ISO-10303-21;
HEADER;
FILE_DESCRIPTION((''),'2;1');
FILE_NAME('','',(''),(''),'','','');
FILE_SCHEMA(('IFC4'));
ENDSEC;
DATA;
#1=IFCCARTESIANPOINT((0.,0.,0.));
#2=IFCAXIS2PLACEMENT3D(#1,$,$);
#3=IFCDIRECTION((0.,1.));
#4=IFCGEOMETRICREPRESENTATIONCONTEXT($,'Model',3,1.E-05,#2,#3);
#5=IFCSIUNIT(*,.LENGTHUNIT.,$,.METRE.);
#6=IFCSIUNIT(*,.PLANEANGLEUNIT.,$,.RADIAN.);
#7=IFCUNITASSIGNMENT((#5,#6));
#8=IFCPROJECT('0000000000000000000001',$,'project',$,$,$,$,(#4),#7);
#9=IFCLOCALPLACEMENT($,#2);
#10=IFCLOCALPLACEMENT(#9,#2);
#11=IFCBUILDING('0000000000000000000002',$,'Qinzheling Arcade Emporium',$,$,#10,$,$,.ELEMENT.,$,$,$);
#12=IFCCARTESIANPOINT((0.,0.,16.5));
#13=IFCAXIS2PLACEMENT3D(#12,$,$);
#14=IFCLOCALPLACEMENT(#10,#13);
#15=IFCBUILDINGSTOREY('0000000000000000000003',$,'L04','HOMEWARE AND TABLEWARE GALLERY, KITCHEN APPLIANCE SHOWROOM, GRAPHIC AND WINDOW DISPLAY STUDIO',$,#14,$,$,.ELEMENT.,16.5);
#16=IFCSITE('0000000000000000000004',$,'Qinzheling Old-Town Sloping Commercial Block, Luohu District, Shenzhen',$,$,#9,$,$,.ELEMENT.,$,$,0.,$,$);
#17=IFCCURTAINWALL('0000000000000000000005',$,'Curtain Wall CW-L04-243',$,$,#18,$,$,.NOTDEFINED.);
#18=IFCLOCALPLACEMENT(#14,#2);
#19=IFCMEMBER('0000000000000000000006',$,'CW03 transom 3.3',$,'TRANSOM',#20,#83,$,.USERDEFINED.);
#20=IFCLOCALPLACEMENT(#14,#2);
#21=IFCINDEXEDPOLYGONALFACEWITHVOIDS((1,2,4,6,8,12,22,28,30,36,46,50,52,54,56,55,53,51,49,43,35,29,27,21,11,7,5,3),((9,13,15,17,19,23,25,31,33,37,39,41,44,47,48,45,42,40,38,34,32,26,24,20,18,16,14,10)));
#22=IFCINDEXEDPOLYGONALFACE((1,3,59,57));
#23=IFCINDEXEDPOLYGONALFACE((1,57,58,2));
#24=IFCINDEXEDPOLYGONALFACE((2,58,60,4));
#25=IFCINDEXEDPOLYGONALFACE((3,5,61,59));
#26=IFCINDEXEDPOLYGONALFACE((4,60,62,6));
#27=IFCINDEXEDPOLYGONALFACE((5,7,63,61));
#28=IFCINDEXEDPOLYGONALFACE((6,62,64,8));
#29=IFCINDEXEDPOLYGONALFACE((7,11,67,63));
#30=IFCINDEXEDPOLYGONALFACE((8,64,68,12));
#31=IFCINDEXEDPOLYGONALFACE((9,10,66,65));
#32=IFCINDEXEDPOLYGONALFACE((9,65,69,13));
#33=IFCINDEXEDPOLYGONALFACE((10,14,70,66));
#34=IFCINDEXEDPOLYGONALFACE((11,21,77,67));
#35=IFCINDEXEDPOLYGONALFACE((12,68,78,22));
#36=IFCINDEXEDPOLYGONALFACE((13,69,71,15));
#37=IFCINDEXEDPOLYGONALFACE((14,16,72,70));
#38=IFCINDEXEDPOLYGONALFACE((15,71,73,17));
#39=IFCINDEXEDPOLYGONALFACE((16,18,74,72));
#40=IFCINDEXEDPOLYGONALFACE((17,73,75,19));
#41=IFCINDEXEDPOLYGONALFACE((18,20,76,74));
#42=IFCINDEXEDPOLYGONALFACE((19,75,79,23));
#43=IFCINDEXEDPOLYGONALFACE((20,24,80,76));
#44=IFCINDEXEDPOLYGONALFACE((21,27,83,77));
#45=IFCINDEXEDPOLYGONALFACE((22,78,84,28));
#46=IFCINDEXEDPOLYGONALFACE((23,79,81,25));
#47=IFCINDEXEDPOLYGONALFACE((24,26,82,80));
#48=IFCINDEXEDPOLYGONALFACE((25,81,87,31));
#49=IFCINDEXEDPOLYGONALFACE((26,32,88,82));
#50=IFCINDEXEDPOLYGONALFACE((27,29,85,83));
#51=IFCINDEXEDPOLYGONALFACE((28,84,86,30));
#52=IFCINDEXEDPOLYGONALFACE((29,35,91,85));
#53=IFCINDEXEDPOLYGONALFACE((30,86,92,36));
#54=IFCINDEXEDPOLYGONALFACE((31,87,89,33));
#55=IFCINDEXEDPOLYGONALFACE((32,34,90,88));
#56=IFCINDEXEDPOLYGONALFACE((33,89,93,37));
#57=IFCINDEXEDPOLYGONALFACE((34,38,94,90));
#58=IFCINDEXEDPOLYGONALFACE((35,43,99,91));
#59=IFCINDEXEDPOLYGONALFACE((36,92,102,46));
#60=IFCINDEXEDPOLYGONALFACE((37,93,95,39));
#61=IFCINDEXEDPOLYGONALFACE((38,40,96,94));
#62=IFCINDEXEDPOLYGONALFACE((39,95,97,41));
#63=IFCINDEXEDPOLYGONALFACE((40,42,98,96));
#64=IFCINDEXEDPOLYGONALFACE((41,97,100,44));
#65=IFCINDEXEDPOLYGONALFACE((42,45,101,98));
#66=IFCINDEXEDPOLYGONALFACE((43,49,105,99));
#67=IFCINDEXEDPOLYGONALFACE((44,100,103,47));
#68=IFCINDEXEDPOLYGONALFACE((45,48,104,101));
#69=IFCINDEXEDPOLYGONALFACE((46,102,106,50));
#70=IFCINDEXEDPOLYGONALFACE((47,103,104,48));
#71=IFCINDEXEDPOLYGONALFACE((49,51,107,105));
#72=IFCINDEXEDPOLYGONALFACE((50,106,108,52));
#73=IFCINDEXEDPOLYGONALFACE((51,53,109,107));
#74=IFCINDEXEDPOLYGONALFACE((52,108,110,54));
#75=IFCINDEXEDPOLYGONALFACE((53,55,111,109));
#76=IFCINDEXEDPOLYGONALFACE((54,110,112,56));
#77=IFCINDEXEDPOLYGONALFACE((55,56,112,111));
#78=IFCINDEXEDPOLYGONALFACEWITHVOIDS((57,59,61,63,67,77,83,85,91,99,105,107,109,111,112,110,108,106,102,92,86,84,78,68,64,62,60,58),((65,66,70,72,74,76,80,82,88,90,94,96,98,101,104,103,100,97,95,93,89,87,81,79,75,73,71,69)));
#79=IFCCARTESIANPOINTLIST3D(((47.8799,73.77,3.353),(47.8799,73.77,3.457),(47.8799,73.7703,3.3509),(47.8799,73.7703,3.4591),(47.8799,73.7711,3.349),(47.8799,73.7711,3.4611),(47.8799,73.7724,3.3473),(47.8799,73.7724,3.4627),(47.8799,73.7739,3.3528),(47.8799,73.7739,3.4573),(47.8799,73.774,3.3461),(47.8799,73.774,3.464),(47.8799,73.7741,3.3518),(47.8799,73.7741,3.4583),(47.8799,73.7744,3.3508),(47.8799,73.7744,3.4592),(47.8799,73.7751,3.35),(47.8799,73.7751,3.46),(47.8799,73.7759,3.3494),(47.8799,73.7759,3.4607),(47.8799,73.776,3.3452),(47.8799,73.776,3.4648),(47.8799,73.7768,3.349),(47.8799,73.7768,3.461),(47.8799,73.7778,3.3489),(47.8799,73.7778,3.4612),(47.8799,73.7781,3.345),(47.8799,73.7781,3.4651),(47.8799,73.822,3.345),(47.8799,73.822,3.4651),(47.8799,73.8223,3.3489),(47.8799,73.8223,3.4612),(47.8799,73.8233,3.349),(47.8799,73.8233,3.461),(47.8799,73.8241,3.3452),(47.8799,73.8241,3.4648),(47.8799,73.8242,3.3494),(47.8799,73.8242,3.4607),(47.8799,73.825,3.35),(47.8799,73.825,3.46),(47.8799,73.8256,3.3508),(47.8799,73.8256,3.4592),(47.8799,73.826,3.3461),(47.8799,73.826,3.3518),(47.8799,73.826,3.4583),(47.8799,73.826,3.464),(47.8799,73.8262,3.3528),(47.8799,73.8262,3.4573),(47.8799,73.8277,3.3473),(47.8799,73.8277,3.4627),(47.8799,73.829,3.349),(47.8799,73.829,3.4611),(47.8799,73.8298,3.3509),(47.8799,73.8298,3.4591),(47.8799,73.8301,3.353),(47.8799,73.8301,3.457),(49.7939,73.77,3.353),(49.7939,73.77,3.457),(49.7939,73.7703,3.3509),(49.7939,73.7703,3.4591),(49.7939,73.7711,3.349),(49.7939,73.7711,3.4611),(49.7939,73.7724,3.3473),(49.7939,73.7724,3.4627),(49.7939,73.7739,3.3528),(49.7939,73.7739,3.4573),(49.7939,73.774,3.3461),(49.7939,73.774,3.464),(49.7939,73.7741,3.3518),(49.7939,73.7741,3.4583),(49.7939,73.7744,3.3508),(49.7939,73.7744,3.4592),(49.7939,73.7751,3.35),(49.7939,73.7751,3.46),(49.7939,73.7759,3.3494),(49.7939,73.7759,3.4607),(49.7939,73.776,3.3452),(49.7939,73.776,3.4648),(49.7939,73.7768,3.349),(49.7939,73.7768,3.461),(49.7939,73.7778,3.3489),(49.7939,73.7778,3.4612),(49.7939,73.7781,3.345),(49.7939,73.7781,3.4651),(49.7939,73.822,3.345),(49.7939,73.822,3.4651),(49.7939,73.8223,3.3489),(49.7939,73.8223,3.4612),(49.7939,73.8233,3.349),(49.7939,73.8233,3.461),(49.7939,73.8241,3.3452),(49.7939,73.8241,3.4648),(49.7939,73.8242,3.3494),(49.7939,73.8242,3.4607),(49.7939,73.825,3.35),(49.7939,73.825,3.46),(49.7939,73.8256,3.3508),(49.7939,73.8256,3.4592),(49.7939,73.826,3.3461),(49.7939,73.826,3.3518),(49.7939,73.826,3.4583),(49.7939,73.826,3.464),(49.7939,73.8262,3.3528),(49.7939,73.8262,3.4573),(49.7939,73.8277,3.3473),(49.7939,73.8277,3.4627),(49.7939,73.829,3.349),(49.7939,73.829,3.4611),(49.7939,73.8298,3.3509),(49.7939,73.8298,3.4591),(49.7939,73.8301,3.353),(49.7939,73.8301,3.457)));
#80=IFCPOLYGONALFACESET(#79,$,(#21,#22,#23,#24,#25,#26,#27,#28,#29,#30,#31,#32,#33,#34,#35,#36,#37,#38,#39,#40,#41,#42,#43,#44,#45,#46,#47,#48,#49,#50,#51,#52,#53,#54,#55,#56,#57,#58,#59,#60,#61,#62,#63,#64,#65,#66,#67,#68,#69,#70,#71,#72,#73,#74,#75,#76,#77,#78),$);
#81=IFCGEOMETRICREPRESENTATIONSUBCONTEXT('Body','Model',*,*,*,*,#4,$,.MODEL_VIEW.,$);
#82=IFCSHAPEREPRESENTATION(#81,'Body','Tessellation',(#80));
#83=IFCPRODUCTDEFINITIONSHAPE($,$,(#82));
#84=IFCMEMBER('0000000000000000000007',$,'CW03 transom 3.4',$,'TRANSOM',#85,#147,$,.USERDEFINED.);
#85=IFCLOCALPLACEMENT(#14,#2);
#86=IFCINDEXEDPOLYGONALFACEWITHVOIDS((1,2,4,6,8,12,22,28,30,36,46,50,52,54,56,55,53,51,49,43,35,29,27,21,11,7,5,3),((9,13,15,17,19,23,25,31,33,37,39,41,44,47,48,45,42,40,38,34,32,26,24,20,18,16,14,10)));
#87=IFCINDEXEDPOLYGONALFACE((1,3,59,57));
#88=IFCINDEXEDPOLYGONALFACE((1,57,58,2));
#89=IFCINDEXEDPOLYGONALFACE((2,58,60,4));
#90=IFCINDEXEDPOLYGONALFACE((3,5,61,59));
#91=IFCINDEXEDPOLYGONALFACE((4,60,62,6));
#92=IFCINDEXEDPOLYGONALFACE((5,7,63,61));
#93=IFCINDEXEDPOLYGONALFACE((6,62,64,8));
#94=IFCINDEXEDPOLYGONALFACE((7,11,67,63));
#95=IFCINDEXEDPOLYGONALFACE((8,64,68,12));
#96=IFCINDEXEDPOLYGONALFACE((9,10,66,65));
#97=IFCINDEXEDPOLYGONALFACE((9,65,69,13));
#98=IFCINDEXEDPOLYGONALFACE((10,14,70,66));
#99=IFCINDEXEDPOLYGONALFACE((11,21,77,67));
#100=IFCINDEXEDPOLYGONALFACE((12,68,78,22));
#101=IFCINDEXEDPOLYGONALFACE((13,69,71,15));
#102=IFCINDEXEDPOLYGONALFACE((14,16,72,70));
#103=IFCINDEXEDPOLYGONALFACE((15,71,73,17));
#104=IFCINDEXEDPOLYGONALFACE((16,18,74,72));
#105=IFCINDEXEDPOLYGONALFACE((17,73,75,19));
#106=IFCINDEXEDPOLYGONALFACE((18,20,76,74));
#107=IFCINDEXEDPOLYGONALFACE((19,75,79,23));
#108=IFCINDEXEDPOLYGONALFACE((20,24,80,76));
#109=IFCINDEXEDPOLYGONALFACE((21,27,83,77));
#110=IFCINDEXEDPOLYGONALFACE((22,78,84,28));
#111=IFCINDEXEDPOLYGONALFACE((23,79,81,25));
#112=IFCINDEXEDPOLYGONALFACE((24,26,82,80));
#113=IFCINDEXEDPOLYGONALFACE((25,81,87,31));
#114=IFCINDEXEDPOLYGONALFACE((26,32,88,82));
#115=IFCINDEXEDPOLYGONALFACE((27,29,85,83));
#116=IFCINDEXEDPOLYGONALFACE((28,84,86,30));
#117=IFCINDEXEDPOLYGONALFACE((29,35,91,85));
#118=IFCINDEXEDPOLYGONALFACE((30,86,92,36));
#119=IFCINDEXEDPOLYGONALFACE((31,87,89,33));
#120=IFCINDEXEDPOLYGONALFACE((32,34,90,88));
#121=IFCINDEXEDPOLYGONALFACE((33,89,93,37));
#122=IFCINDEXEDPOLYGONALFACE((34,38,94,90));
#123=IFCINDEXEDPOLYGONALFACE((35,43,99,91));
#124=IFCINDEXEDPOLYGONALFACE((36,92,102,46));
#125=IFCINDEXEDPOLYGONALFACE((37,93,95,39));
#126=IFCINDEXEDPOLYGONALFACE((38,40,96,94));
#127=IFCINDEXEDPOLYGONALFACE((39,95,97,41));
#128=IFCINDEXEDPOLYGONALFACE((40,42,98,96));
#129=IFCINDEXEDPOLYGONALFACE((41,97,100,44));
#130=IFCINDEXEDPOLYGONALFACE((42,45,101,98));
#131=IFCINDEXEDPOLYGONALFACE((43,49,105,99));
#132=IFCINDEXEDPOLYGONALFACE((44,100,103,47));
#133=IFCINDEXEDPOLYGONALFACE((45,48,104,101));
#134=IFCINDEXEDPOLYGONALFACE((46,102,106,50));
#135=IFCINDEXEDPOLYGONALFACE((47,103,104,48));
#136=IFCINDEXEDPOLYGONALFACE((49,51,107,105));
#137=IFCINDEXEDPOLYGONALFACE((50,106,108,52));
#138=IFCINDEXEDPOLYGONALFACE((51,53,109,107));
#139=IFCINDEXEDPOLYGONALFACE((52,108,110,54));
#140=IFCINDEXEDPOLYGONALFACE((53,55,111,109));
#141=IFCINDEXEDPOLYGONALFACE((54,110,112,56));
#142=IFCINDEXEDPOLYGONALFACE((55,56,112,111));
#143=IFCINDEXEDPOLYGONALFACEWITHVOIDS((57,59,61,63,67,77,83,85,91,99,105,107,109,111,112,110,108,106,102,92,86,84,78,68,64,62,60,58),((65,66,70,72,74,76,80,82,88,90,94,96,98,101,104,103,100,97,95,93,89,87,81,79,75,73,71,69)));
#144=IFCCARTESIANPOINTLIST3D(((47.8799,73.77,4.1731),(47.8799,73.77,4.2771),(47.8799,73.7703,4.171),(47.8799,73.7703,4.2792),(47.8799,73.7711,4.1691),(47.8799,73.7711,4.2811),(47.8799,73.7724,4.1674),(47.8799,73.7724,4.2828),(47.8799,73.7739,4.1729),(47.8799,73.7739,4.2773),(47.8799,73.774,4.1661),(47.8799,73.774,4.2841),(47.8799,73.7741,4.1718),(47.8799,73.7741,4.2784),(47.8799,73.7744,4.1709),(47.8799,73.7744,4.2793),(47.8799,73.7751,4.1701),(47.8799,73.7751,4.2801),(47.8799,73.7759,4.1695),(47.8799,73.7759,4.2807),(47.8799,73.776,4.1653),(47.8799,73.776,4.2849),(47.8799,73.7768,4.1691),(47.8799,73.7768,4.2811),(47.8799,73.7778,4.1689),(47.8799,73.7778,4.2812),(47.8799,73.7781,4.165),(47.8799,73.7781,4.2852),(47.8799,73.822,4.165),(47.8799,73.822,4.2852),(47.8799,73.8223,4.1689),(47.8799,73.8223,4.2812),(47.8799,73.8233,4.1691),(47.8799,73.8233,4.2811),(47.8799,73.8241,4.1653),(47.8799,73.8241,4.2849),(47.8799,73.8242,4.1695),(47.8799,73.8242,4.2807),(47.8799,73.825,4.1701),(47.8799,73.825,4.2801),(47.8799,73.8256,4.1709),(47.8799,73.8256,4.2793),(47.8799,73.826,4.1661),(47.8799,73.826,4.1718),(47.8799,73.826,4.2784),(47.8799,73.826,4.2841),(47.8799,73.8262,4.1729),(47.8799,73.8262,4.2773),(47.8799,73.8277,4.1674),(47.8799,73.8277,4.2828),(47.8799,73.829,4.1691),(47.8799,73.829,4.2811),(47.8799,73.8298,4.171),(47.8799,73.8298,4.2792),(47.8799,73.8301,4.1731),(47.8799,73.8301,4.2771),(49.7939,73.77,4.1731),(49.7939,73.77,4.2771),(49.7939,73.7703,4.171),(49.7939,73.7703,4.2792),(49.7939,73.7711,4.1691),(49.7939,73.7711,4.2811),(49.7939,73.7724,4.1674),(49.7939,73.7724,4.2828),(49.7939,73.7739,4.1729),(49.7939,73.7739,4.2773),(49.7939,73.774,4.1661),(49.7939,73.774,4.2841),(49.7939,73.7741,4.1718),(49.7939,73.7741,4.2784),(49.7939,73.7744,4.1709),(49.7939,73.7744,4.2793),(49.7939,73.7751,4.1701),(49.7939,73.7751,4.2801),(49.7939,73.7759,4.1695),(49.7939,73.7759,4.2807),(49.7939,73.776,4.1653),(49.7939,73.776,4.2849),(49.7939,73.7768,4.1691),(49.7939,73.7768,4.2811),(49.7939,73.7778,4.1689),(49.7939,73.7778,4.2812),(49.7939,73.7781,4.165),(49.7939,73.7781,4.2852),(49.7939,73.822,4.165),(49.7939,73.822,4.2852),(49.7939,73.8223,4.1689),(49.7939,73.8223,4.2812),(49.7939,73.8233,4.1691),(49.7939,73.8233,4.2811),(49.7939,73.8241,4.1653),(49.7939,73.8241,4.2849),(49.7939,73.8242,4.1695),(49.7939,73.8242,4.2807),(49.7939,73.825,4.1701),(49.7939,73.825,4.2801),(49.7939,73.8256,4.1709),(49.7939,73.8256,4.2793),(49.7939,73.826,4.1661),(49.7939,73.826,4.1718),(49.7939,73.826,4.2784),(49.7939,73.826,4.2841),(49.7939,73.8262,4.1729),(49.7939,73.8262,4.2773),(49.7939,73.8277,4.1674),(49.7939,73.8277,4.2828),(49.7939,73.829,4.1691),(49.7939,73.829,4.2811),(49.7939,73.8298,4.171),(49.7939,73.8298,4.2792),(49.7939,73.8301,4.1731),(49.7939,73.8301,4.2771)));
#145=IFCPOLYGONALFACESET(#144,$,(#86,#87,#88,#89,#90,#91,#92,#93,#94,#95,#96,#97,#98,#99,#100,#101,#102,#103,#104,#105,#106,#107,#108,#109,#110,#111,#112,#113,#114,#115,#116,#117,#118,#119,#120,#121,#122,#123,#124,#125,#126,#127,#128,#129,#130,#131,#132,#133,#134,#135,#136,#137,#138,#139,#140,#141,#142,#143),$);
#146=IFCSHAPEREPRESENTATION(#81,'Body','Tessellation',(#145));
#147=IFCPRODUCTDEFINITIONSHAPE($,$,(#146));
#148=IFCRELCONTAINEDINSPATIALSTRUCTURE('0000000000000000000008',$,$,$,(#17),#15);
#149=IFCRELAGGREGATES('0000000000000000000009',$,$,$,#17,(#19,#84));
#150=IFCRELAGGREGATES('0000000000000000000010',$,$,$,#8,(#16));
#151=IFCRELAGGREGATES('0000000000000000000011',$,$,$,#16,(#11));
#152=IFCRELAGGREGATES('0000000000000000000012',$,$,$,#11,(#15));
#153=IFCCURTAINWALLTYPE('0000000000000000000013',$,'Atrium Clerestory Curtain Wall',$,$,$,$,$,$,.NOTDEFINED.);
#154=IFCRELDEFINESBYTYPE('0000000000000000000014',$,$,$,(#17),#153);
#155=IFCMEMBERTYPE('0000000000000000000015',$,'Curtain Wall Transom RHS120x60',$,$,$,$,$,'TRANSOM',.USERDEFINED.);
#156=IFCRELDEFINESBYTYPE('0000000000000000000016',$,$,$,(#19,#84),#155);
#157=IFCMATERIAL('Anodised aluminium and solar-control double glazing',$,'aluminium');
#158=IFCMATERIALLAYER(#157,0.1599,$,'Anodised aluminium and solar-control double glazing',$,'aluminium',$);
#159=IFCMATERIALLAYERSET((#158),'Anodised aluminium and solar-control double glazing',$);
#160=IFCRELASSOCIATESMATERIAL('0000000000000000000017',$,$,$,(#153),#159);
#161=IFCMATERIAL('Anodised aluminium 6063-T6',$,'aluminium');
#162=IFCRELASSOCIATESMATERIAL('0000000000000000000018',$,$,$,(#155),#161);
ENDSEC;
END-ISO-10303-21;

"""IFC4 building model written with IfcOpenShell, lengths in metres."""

from ifc_helpers import new_model, si_unit, direction, frame, origin, origin_2d, place, context, subcontext, project, spatial, hollow_rectangle, extrude, material, layer, layer_set, material_profile, profile_set, type_object, element, aggregate, save


model = new_model("IFC4")

# Units and contexts
model_context = context("Model", 3, precision=1e-05, world=origin(), true_north=direction((0.0, 1.0)))
body_context = subcontext(model_context, "Body", "Model", "MODEL_VIEW")
ifc_project = project(units=[si_unit("LENGTHUNIT", "METRE"), si_unit("PLANEANGLEUNIT", "RADIAN")], contexts=[model_context])

# Site, building, storey
site_placement = place(None, origin())
site = spatial("IfcSite", under=ifc_project, at=site_placement, Name="Qinzheling Old-Town Sloping Commercial Block, Luohu District, Shenzhen", CompositionType="ELEMENT", RefElevation=0.0)
building_placement = place(site_placement, origin())
building = spatial("IfcBuilding", under=site, at=building_placement, Name="Qinzheling Arcade Emporium", CompositionType="ELEMENT")
storey_placement = place(building_placement, frame((0.0, 0.0, 16.5)))
storey = spatial("IfcBuildingStorey", under=building, at=storey_placement, Name="L04", Description="HOMEWARE AND TABLEWARE GALLERY, KITCHEN APPLIANCE SHOWROOM, GRAPHIC AND WINDOW DISPLAY STUDIO", CompositionType="ELEMENT", Elevation=16.5)

# Curtain wall, members
ifc_material_1 = material(Name="Anodised aluminium and solar-control double glazing", Category="aluminium")
ifc_layer_1 = layer(ifc_material_1, 0.1599, Name="Anodised aluminium and solar-control double glazing", Category="aluminium")
ifc_layer_set_1 = layer_set([ifc_layer_1], Name="Anodised aluminium and solar-control double glazing")
curtain_wall_type = type_object("IfcCurtainWallType", Name="Atrium Clerestory Curtain Wall", PredefinedType="NOTDEFINED", material=ifc_layer_set_1)
curtain_wall_placement = place(storey_placement, origin())
curtain_wall = element("IfcCurtainWall", 1, at=curtain_wall_placement, inside=storey, type_object=curtain_wall_type, Name="Curtain Wall CW-L04-243", PredefinedType="NOTDEFINED")
ifc_material_2 = material(Name="Anodised aluminium 6063-T6", Category="aluminium")
ifc_material_profile_1 = material_profile(ifc_material_2, hollow_rectangle(XDim=0.0601, YDim=0.1201, WallThickness=0.0039, InnerFilletRadius=0.0039, OuterFilletRadius=0.0081, at=origin_2d()), Name="RHS 120x60x4", Category="aluminium")
ifc_profile_set_1 = profile_set([ifc_material_profile_1], Name="Anodised aluminium 6063-T6")
member_type_1 = type_object("IfcMemberType", Name="Curtain Wall Transom RHS120x60", ElementType="TRANSOM", PredefinedType="USERDEFINED", material=ifc_profile_set_1)
member_1_placement = place(storey_placement, frame((47.8799, 73.8, 3.405), z_axis=(1.0, 0.0, 0.0), x_axis=(0.0, 1.0, 0.0)))
member_1 = element("IfcMember", 2, at=member_1_placement, type_object=member_type_1, Name="CW03 transom 3.3", ObjectType="TRANSOM", PredefinedType="USERDEFINED", context=body_context, shape_type="SweptSolid", body=[
    extrude(hollow_rectangle(XDim=0.0601, YDim=0.1201, WallThickness=0.0039, InnerFilletRadius=0.0039, OuterFilletRadius=0.0081, at=origin_2d()), origin(), (0.0, 0.0, 1.0), 1.9141),
])
member_2_placement = place(storey_placement, frame((47.8799, 73.8, 4.2251), z_axis=(1.0, 0.0, 0.0), x_axis=(0.0, 1.0, 0.0)))
member_2 = element("IfcMember", 3, at=member_2_placement, type_object=member_type_1, Name="CW03 transom 3.4", ObjectType="TRANSOM", PredefinedType="USERDEFINED", context=body_context, shape_type="SweptSolid", body=[
    extrude(hollow_rectangle(XDim=0.0601, YDim=0.1201, WallThickness=0.0039, InnerFilletRadius=0.0039, OuterFilletRadius=0.0081, at=origin_2d()), origin(), (0.0, 0.0, 1.0), 1.9141),
])
aggregate(curtain_wall, [member_1, member_2])

save(model, "model.ifc")
